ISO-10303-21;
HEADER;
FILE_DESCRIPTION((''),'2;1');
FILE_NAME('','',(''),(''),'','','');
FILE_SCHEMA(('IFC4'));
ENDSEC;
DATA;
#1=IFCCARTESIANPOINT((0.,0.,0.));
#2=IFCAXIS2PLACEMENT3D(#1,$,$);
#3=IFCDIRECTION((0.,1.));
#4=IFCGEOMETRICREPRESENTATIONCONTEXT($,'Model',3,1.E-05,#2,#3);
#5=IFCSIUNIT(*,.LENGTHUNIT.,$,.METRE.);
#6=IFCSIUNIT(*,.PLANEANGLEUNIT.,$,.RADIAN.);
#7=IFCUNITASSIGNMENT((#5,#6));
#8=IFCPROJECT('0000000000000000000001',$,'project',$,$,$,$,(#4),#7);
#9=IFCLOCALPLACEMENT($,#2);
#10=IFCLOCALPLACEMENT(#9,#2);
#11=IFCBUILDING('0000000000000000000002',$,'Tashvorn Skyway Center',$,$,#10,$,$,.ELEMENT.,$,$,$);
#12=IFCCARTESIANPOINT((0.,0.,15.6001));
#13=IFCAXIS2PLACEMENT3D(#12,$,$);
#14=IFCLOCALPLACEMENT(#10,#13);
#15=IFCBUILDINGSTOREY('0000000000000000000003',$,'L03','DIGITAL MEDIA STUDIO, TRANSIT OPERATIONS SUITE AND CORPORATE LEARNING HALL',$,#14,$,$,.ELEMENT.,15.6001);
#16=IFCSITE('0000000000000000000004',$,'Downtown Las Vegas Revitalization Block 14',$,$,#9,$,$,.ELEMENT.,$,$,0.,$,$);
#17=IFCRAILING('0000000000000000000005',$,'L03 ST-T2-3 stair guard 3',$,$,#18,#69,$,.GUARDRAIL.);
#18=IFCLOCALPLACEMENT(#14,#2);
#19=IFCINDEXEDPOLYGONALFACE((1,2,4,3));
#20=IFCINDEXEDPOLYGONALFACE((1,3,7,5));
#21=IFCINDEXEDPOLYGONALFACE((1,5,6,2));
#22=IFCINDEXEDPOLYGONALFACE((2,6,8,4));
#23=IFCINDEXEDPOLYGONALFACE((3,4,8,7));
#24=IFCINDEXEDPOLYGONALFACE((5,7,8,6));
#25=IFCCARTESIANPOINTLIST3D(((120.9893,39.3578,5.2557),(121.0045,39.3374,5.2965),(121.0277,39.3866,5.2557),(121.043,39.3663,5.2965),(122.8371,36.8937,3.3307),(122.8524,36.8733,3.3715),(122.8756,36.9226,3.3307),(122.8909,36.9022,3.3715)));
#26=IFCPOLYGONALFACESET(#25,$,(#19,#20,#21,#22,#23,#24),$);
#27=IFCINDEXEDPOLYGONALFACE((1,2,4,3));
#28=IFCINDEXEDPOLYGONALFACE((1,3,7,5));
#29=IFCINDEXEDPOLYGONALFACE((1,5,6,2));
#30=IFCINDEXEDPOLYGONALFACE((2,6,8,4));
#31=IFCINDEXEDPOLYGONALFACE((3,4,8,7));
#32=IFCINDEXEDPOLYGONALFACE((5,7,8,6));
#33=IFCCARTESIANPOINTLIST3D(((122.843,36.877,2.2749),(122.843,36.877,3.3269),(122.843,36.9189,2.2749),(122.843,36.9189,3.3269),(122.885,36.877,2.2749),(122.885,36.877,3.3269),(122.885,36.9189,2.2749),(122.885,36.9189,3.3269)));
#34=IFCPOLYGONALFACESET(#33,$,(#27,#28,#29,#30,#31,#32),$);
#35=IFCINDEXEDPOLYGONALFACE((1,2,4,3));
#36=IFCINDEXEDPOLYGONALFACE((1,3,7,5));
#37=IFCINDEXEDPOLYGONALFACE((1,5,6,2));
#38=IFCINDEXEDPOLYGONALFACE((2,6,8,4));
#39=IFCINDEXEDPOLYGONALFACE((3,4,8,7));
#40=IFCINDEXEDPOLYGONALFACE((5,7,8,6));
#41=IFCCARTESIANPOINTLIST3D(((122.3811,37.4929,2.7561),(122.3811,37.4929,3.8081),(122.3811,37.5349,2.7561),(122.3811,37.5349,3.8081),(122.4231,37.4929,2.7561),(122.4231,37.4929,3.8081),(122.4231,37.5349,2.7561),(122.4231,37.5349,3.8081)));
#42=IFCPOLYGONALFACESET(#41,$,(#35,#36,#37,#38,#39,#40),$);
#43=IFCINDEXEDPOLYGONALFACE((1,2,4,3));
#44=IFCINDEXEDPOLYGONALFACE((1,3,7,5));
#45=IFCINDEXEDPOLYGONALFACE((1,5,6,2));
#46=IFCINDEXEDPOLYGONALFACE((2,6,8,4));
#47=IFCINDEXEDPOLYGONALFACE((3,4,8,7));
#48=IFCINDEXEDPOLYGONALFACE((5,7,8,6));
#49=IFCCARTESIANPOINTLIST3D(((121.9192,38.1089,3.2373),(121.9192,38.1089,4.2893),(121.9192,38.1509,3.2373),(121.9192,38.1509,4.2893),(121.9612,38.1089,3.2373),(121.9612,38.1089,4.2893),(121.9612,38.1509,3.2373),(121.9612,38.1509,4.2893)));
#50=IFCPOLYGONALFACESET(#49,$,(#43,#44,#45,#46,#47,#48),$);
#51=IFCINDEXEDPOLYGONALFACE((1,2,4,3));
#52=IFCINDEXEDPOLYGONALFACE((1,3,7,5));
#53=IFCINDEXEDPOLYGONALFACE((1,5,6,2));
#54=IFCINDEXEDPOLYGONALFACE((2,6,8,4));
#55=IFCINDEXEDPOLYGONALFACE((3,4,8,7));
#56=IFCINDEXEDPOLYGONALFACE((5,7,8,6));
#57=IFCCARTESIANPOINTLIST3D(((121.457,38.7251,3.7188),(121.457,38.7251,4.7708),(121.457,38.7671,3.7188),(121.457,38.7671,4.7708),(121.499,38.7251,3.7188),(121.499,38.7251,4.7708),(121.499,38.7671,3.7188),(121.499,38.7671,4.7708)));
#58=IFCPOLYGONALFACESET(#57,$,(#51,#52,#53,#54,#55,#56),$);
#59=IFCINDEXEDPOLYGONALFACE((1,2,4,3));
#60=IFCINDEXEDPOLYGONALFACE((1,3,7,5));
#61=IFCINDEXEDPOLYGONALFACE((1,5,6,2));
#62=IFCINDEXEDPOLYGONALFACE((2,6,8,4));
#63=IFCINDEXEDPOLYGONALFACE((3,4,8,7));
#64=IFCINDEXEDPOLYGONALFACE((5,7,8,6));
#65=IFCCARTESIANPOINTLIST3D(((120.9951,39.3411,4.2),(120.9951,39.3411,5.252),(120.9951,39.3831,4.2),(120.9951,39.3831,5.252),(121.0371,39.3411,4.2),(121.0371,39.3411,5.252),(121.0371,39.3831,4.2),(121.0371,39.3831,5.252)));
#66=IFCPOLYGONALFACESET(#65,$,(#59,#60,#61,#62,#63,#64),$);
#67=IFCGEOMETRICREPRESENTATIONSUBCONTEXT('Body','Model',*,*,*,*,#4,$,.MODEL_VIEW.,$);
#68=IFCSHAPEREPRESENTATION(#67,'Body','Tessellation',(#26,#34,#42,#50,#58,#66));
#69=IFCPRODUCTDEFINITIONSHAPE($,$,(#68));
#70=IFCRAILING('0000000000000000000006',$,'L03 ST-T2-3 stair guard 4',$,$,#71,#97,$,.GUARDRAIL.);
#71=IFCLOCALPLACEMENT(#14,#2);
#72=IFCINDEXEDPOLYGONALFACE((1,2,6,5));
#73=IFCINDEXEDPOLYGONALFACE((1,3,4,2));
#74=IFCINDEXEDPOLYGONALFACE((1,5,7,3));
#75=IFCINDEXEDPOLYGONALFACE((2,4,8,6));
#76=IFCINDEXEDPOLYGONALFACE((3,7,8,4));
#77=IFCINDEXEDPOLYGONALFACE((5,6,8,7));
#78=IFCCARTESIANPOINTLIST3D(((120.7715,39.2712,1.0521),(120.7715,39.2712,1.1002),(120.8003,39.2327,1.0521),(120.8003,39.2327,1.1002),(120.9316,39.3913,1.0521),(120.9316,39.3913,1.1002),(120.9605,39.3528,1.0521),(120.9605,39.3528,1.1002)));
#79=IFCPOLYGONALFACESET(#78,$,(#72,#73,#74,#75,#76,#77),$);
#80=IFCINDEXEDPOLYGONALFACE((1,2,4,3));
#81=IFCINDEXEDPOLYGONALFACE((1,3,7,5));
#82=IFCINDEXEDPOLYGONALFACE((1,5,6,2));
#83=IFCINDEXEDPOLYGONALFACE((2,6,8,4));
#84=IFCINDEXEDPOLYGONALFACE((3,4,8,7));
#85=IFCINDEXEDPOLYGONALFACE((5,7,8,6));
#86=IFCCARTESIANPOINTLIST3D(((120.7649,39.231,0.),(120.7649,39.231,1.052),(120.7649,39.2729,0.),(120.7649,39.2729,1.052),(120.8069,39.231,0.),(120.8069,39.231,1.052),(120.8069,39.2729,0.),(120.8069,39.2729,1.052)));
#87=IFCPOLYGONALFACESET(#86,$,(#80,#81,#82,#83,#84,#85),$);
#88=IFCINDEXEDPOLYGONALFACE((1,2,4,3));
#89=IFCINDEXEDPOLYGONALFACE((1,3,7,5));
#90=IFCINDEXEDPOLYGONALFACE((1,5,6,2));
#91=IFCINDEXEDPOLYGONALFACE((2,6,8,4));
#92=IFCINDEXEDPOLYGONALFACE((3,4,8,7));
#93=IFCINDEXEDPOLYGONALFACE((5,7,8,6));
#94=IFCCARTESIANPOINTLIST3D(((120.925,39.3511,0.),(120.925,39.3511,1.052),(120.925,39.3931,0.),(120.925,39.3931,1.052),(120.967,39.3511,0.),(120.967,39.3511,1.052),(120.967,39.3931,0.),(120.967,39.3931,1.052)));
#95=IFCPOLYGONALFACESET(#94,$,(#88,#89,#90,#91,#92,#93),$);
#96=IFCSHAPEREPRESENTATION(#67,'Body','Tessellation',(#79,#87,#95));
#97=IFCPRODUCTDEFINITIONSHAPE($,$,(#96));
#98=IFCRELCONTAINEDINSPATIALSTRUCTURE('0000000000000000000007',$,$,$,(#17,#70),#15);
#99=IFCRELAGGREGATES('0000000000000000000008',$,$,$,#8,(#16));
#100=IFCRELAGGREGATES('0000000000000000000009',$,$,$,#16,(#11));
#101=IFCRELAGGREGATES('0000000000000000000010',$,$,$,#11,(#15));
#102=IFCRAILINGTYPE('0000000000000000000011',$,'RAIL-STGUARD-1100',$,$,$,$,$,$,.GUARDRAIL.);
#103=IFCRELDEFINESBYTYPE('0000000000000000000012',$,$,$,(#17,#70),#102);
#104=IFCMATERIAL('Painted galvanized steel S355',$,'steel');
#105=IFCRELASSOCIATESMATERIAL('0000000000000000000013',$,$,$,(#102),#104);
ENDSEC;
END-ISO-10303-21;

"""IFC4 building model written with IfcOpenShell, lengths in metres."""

from ifc_helpers import new_model, si_unit, direction, frame, origin, origin_2d, place, context, subcontext, project, spatial, rectangle, extrude, material, type_object, element, save


model = new_model("IFC4")

# Units and contexts
model_context = context("Model", 3, precision=1e-05, world=origin(), true_north=direction((0.0, 1.0)))
body_context = subcontext(model_context, "Body", "Model", "MODEL_VIEW")
ifc_project = project(units=[si_unit("LENGTHUNIT", "METRE"), si_unit("PLANEANGLEUNIT", "RADIAN")], contexts=[model_context])

# Site, building, storey
site_placement = place(None, origin())
site = spatial("IfcSite", under=ifc_project, at=site_placement, Name="Downtown Las Vegas Revitalization Block 14", CompositionType="ELEMENT", RefElevation=0.0)
building_placement = place(site_placement, origin())
building = spatial("IfcBuilding", under=site, at=building_placement, Name="Tashvorn Skyway Center", CompositionType="ELEMENT")
storey_placement = place(building_placement, frame((0.0, 0.0, 15.6001)))
storey = spatial("IfcBuildingStorey", under=building, at=storey_placement, Name="L03", Description="DIGITAL MEDIA STUDIO, TRANSIT OPERATIONS SUITE AND CORPORATE LEARNING HALL", CompositionType="ELEMENT", Elevation=15.6001)

# Railings
ifc_material_1 = material(Name="Painted galvanized steel S355", Category="steel")
railing_type_1 = type_object("IfcRailingType", Name="RAIL-STGUARD-1100", PredefinedType="GUARDRAIL", material=ifc_material_1)
railing_1_placement = place(storey_placement, frame((122.864, 36.8979, 2.2749)))
element("IfcRailing", 1, at=railing_1_placement, inside=storey, type_object=railing_type_1, Name="L03 ST-T2-3 stair guard 3", PredefinedType="GUARDRAIL", context=body_context, shape_type="SweptSolid", body=[
    extrude(rectangle(XDim=0.0481, YDim=0.0481, at=origin_2d()), frame((0.0, 0.0, 1.0762), z_axis=(-0.508764, 0.67842, 0.530005), x_axis=(-0.800029, -0.599962, 0.0)), (0.0, 0.0, 1.0), 3.6321),
    extrude(rectangle(XDim=0.042, YDim=0.042, at=origin_2d()), origin(), (0.0, 0.0, 1.0), 1.052),
    extrude(rectangle(XDim=0.042, YDim=0.042, at=origin_2d()), frame((-0.4619, 0.616, 0.4812)), (0.0, 0.0, 1.0), 1.052),
    extrude(rectangle(XDim=0.042, YDim=0.042, at=origin_2d()), frame((-0.9238, 1.2319, 0.9624)), (0.0, 0.0, 1.0), 1.052),
    extrude(rectangle(XDim=0.042, YDim=0.042, at=origin_2d()), frame((-1.386, 1.8481, 1.4438)), (0.0, 0.0, 1.0), 1.052),
    extrude(rectangle(XDim=0.042, YDim=0.042, at=origin_2d()), frame((-1.8479, 2.4641, 1.925)), (0.0, 0.0, 1.0), 1.052),
])
railing_2_placement = place(storey_placement, frame((120.7859, 39.252, 0.0)))
element("IfcRailing", 2, at=railing_2_placement, inside=storey, type_object=railing_type_1, Name="L03 ST-T2-3 stair guard 4", PredefinedType="GUARDRAIL", context=body_context, shape_type="SweptSolid", body=[
    extrude(rectangle(XDim=0.0481, YDim=0.0481, at=origin_2d()), frame((0.0, 0.0, 1.0762), z_axis=(0.8, 0.6, 0.0), x_axis=(-0.6, 0.8, 0.0)), (0.0, 0.0, 1.0), 0.2002),
    extrude(rectangle(XDim=0.042, YDim=0.042, at=origin_2d()), origin(), (0.0, 0.0, 1.0), 1.052),
    extrude(rectangle(XDim=0.042, YDim=0.042, at=origin_2d()), frame((0.1602, 0.1201, 0.0)), (0.0, 0.0, 1.0), 1.052),
])

save(model, "model.ifc")
